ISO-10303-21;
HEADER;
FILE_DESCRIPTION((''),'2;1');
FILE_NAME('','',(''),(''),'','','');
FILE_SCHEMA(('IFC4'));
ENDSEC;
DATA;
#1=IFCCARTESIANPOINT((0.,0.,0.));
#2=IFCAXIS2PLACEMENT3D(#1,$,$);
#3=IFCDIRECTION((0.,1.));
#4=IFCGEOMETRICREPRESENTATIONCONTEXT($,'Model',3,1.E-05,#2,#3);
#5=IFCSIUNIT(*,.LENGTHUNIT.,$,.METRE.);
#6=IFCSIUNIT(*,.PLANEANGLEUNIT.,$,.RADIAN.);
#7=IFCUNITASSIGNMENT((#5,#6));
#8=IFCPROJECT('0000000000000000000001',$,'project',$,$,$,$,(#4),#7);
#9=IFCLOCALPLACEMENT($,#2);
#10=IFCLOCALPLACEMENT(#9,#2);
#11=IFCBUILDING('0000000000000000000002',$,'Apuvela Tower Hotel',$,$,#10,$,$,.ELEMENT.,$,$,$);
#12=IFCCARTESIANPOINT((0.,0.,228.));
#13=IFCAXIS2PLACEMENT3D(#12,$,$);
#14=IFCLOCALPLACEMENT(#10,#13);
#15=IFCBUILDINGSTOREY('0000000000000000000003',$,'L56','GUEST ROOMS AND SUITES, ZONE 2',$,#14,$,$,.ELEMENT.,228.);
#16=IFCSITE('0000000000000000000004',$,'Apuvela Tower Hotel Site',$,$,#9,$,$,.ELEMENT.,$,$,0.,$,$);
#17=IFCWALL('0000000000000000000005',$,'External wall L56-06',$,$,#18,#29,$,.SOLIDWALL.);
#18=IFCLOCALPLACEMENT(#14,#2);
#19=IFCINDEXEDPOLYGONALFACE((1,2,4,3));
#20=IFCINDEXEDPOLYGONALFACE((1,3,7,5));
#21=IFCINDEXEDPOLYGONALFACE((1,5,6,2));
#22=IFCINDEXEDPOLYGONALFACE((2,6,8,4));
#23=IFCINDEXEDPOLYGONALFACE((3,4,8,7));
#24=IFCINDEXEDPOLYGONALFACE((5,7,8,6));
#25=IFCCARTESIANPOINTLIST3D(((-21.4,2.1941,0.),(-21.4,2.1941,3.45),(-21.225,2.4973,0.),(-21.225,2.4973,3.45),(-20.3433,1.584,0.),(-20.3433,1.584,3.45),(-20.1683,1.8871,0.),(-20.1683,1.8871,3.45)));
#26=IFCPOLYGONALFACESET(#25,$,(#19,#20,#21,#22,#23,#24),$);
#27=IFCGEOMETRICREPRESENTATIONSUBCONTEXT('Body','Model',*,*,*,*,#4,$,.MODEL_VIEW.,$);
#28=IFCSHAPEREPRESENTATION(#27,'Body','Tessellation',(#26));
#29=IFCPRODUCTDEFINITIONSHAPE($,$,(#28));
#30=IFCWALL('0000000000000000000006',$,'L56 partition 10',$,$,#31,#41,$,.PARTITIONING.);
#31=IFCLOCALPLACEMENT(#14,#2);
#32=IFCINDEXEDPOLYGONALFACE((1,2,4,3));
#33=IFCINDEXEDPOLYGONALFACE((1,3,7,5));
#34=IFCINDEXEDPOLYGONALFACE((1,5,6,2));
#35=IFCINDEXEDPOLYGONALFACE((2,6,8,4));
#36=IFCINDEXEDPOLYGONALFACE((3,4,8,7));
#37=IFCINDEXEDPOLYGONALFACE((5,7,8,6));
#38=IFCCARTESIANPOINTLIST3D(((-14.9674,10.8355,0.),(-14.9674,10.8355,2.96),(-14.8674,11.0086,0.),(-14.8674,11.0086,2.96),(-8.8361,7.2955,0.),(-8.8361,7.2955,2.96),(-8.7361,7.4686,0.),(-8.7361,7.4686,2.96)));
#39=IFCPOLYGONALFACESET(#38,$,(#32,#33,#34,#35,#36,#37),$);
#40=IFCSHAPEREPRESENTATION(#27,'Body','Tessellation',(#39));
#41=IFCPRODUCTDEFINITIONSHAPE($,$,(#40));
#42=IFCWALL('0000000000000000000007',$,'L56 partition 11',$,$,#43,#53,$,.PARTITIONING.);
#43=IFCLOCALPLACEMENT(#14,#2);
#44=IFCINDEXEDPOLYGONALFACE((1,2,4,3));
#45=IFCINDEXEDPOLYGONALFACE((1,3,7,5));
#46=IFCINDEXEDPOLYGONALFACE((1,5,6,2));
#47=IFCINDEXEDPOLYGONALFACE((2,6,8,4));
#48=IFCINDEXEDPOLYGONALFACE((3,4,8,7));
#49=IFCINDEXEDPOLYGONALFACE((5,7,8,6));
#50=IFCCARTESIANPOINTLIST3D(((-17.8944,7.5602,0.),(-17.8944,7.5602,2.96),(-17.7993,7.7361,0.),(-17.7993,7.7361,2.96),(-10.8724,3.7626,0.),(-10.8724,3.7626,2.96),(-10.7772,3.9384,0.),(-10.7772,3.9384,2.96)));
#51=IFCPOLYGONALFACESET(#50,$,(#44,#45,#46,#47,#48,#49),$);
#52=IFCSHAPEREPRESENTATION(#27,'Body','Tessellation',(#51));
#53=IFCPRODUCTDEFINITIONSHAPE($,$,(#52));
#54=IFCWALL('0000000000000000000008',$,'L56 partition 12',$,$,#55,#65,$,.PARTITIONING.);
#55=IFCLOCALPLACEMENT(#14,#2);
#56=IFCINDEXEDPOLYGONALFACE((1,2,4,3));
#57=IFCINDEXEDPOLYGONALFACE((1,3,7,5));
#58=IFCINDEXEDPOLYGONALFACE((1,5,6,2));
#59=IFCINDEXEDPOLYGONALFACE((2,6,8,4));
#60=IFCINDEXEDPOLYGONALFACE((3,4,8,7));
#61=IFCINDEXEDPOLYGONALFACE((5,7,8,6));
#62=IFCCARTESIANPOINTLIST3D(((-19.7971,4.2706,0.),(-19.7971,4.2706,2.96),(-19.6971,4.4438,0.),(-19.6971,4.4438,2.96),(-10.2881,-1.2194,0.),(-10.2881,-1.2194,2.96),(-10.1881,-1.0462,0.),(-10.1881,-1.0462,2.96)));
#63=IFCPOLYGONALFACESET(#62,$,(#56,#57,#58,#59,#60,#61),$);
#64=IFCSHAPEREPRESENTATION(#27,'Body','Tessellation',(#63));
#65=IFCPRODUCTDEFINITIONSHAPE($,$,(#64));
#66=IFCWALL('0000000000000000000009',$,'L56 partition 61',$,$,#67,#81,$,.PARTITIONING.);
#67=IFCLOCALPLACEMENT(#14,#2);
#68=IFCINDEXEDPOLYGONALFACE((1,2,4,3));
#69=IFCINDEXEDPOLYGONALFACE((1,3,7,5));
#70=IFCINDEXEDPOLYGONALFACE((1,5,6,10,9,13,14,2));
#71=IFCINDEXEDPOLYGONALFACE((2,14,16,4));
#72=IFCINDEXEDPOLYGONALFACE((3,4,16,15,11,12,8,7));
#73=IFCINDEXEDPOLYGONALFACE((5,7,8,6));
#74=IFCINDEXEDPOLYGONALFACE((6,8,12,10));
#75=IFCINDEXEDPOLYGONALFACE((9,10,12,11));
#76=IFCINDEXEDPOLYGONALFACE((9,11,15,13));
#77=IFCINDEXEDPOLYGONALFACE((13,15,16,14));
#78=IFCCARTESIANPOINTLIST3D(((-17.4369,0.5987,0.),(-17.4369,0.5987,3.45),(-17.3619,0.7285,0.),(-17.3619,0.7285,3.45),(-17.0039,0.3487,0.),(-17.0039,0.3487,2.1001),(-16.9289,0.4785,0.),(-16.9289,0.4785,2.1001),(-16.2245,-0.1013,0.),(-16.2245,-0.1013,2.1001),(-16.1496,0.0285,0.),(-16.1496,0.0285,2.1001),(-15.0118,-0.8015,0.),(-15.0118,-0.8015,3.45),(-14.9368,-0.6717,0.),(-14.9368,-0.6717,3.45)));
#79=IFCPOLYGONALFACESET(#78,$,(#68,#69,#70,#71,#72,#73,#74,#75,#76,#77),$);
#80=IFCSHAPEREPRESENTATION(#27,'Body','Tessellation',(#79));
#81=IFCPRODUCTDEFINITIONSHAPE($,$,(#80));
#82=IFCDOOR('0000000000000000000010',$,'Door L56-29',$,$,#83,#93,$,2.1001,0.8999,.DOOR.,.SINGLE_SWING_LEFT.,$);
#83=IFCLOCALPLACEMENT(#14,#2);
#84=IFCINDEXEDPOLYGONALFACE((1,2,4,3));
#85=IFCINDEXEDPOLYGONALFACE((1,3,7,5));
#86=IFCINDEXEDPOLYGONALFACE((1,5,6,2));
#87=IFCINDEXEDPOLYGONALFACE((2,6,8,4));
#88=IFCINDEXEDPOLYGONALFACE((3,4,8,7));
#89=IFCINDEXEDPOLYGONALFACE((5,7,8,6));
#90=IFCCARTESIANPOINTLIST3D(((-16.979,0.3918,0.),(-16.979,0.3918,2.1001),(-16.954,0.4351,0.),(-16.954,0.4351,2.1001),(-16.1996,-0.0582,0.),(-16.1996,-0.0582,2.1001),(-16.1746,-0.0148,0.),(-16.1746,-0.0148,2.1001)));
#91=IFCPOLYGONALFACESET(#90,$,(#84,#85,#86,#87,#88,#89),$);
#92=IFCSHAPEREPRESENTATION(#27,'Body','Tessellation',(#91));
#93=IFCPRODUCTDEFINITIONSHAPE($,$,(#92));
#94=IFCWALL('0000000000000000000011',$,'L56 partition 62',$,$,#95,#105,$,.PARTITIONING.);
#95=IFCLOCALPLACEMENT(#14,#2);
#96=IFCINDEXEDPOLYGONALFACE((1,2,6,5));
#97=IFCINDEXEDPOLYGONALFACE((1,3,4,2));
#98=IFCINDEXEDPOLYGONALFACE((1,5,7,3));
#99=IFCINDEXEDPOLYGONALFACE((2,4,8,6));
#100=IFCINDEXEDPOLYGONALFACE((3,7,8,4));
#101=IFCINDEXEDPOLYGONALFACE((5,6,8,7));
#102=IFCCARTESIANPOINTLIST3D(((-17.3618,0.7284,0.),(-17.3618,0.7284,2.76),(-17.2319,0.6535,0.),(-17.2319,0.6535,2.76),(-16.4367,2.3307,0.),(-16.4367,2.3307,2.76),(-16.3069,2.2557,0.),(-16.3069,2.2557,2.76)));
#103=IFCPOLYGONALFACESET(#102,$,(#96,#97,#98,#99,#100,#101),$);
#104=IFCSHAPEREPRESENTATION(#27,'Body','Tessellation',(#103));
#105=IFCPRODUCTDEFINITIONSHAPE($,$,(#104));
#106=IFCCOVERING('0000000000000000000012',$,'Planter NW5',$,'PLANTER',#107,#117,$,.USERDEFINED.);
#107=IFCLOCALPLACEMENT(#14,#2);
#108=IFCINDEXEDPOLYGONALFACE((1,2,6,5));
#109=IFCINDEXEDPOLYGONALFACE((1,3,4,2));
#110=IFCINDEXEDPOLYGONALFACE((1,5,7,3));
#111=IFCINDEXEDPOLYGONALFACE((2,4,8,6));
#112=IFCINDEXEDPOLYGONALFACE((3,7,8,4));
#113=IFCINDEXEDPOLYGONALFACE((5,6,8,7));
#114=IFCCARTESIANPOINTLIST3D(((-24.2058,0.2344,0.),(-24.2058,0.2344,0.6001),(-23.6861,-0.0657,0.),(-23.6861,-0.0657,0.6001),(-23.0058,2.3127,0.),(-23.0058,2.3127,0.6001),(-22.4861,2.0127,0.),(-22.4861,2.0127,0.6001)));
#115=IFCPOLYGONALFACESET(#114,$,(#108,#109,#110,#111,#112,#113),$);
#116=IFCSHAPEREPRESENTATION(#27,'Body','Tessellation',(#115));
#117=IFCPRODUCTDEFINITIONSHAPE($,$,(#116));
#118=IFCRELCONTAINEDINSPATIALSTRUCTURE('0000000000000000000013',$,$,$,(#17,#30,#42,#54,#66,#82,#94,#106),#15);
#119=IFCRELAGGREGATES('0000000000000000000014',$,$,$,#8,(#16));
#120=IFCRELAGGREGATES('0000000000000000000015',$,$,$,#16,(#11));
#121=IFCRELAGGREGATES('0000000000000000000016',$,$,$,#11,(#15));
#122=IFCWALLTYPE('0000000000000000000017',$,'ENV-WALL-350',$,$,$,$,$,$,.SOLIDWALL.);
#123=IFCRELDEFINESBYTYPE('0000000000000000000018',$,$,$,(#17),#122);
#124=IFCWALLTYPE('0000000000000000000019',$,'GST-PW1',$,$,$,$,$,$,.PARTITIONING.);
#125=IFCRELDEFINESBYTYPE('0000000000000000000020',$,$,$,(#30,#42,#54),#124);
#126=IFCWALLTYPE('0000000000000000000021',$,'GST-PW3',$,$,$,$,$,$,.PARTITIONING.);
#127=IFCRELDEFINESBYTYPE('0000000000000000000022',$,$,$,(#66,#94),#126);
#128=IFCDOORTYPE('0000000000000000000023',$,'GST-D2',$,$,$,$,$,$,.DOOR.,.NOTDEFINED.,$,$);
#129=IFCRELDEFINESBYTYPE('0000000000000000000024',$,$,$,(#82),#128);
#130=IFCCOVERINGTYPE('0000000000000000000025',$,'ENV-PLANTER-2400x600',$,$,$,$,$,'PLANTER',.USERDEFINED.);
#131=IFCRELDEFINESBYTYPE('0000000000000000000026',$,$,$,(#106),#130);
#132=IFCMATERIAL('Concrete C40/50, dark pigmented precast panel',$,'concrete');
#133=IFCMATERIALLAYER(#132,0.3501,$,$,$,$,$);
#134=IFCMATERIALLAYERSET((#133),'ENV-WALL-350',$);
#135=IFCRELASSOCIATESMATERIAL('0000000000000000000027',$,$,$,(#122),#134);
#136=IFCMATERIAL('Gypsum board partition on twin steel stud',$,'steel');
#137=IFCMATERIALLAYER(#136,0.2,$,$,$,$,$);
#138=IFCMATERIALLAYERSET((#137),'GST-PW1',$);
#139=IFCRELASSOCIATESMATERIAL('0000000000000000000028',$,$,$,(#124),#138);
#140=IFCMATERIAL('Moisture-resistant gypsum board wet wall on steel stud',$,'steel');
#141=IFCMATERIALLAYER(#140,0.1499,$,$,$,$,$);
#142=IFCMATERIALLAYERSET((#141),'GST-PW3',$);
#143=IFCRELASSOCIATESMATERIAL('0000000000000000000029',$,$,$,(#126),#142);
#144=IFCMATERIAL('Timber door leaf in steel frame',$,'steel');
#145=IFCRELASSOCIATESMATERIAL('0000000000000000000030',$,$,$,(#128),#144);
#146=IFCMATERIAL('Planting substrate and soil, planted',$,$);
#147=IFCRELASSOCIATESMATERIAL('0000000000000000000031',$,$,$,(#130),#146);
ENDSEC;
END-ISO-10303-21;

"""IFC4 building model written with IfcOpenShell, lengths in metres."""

from ifc_helpers import new_model, si_unit, direction, frame, frame_2d, origin, origin_2d, place, context, subcontext, project, spatial, rectangle, extrude, material, layer, layer_set, type_object, element, fill, save


model = new_model("IFC4")

# Units and contexts
model_context = context("Model", 3, precision=1e-05, world=origin(), true_north=direction((0.0, 1.0)))
body_context = subcontext(model_context, "Body", "Model", "MODEL_VIEW")
ifc_project = project(units=[si_unit("LENGTHUNIT", "METRE"), si_unit("PLANEANGLEUNIT", "RADIAN")], contexts=[model_context])

# Site, building, storey
site_placement = place(None, origin())
site = spatial("IfcSite", under=ifc_project, at=site_placement, Name="Apuvela Tower Hotel Site", CompositionType="ELEMENT", RefElevation=0.0)
building_placement = place(site_placement, origin())
building = spatial("IfcBuilding", under=site, at=building_placement, Name="Apuvela Tower Hotel", CompositionType="ELEMENT")
storey_placement = place(building_placement, frame((0.0, 0.0, 228.0)))
storey = spatial("IfcBuildingStorey", under=building, at=storey_placement, Name="L56", Description="GUEST ROOMS AND SUITES, ZONE 2", CompositionType="ELEMENT", Elevation=228.0)

# Shared definitions
ifc_material_1 = material(Name="Concrete C40/50, dark pigmented precast panel", Category="concrete")
ifc_layer_1 = layer(ifc_material_1, 0.3501)
ifc_layer_set_1 = layer_set([ifc_layer_1], Name="ENV-WALL-350")
wall_type_1 = type_object("IfcWallType", Name="ENV-WALL-350", PredefinedType="SOLIDWALL", material=ifc_layer_set_1)

# Wall
wall_1_placement = place(storey_placement, frame((-21.3125, 2.3457, 0.0), z_axis=(0.0, 0.0, 1.0), x_axis=(0.866006, -0.500034, 0.0)))
element("IfcWall", 1, at=wall_1_placement, inside=storey, type_object=wall_type_1, Name="External wall L56-06", PredefinedType="SOLIDWALL", context=body_context, shape_type="SweptSolid", body=[
    extrude(rectangle(XDim=1.2202, YDim=0.3501, at=frame_2d((0.6101, 0.0))), origin(), (0.0, 0.0, 1.0), 3.45),
])

# Walls
ifc_material_2 = material(Name="Gypsum board partition on twin steel stud", Category="steel")
ifc_layer_2 = layer(ifc_material_2, 0.2)
ifc_layer_set_2 = layer_set([ifc_layer_2], Name="GST-PW1")
wall_type_2 = type_object("IfcWallType", Name="GST-PW1", PredefinedType="PARTITIONING", material=ifc_layer_set_2)
wall_2_placement = place(storey_placement, frame((-14.9175, 10.9221, 0.0), z_axis=(0.0, 0.0, 1.0), x_axis=(0.866019, -0.500011, 0.0)))
element("IfcWall", 2, at=wall_2_placement, inside=storey, type_object=wall_type_2, Name="L56 partition 10", PredefinedType="PARTITIONING", context=body_context, shape_type="SweptSolid", body=[
    extrude(rectangle(XDim=7.0798, YDim=0.2, at=frame_2d((3.54, 0.0))), origin(), (0.0, 0.0, 1.0), 2.96),
])
wall_3_placement = place(storey_placement, frame((-17.8469, 7.6482, 0.0), z_axis=(0.0, 0.0, 1.0), x_axis=(0.879604, -0.475706, 0.0)))
element("IfcWall", 3, at=wall_3_placement, inside=storey, type_object=wall_type_2, Name="L56 partition 11", PredefinedType="PARTITIONING", context=body_context, shape_type="SweptSolid", body=[
    extrude(rectangle(XDim=7.9832, YDim=0.2, at=frame_2d((3.9917, 0.0))), origin(), (0.0, 0.0, 1.0), 2.96),
])
wall_4_placement = place(storey_placement, frame((-19.7471, 4.3572, 0.0), z_axis=(0.0, 0.0, 1.0), x_axis=(0.866027, -0.499996, 0.0)))
element("IfcWall", 4, at=wall_4_placement, inside=storey, type_object=wall_type_2, Name="L56 partition 12", PredefinedType="PARTITIONING", context=body_context, shape_type="SweptSolid", body=[
    extrude(rectangle(XDim=10.98, YDim=0.2, at=frame_2d((5.49, 0.0))), origin(), (0.0, 0.0, 1.0), 2.96),
])

# Wall, opening, door
ifc_material_3 = material(Name="Moisture-resistant gypsum board wet wall on steel stud", Category="steel")
ifc_layer_3 = layer(ifc_material_3, 0.1499)
ifc_layer_set_3 = layer_set([ifc_layer_3], Name="GST-PW3")
wall_type_3 = type_object("IfcWallType", Name="GST-PW3", PredefinedType="PARTITIONING", material=ifc_layer_set_3)
wall_5_placement = place(storey_placement, frame((-17.3994, 0.6636, 0.0), z_axis=(0.0, 0.0, 1.0), x_axis=(0.866019, -0.500012, 0.0)))
wall_5 = element("IfcWall", 5, at=wall_5_placement, inside=storey, type_object=wall_type_3, Name="L56 partition 61", PredefinedType="PARTITIONING", context=body_context, shape_type="SweptSolid", body=[
    extrude(rectangle(XDim=2.8003, YDim=0.1499, at=frame_2d((1.4001, 0.0))), origin(), (0.0, 0.0, 1.0), 3.45),
])
opening_1_placement = place(wall_5_placement, frame((0.5, 0.0, 0.0)))
opening_1 = element("IfcOpeningElement", 6, at=opening_1_placement, cuts=wall_5, PredefinedType="OPENING", context=body_context, shape_type="SweptSolid", body=[
    extrude(rectangle(XDim=0.8999, YDim=2.1001, at=frame_2d((0.45, 1.05))), frame((0.0, 0.085, 0.0), z_axis=(0.0, -1.0, 0.0), x_axis=(1.0, 0.0, 0.0)), (0.0, 0.0, 1.0), 0.1699),
])
ifc_material_4 = material(Name="Timber door leaf in steel frame", Category="steel")
door_type_1 = type_object("IfcDoorType", Name="GST-D2", OperationType="NOTDEFINED", PredefinedType="DOOR", material=ifc_material_4)
door_1_placement = place(opening_1_placement, origin())
door_1 = element("IfcDoor", 7, at=door_1_placement, inside=storey, type_object=door_type_1, Name="Door L56-29", OperationType="SINGLE_SWING_LEFT", OverallHeight=2.1001, OverallWidth=0.8999, PredefinedType="DOOR", context=body_context, shape_type="SweptSolid", body=[
    extrude(rectangle(XDim=0.8999, YDim=2.1001, at=frame_2d((0.45, 1.05))), frame((0.0, 0.0249, 0.0), z_axis=(0.0, -1.0, 0.0), x_axis=(1.0, 0.0, 0.0)), (0.0, 0.0, 1.0), 0.05),
])
fill(opening_1, door_1)

# Wall
wall_6_placement = place(storey_placement, frame((-16.3718, 2.2932, 0.0), z_axis=(0.0, 0.0, 1.0), x_axis=(-0.499985, -0.866034, 0.0)))
element("IfcWall", 8, at=wall_6_placement, inside=storey, type_object=wall_type_3, Name="L56 partition 62", PredefinedType="PARTITIONING", context=body_context, shape_type="SweptSolid", body=[
    extrude(rectangle(XDim=1.8501, YDim=0.1499, at=frame_2d((0.925, 0.0))), origin(), (0.0, 0.0, 1.0), 2.76),
])

# Covering
ifc_material_5 = material(Name="Planting substrate and soil, planted")
covering_type = type_object("IfcCoveringType", Name="ENV-PLANTER-2400x600", ElementType="PLANTER", PredefinedType="USERDEFINED", material=ifc_material_5)
covering_placement = place(storey_placement, frame((-23.3459, 1.1235, 0.0), z_axis=(0.0, 0.0, 1.0), x_axis=(-0.5, -0.866025, 0.0)))
element("IfcCovering", 9, at=covering_placement, inside=storey, type_object=covering_type, Name="Planter NW5", ObjectType="PLANTER", PredefinedType="USERDEFINED", context=body_context, shape_type="SweptSolid", body=[
    extrude(rectangle(XDim=2.3999, YDim=0.6001, at=origin_2d()), origin(), (0.0, 0.0, 1.0), 0.6001),
])

save(model, "model.ifc")
